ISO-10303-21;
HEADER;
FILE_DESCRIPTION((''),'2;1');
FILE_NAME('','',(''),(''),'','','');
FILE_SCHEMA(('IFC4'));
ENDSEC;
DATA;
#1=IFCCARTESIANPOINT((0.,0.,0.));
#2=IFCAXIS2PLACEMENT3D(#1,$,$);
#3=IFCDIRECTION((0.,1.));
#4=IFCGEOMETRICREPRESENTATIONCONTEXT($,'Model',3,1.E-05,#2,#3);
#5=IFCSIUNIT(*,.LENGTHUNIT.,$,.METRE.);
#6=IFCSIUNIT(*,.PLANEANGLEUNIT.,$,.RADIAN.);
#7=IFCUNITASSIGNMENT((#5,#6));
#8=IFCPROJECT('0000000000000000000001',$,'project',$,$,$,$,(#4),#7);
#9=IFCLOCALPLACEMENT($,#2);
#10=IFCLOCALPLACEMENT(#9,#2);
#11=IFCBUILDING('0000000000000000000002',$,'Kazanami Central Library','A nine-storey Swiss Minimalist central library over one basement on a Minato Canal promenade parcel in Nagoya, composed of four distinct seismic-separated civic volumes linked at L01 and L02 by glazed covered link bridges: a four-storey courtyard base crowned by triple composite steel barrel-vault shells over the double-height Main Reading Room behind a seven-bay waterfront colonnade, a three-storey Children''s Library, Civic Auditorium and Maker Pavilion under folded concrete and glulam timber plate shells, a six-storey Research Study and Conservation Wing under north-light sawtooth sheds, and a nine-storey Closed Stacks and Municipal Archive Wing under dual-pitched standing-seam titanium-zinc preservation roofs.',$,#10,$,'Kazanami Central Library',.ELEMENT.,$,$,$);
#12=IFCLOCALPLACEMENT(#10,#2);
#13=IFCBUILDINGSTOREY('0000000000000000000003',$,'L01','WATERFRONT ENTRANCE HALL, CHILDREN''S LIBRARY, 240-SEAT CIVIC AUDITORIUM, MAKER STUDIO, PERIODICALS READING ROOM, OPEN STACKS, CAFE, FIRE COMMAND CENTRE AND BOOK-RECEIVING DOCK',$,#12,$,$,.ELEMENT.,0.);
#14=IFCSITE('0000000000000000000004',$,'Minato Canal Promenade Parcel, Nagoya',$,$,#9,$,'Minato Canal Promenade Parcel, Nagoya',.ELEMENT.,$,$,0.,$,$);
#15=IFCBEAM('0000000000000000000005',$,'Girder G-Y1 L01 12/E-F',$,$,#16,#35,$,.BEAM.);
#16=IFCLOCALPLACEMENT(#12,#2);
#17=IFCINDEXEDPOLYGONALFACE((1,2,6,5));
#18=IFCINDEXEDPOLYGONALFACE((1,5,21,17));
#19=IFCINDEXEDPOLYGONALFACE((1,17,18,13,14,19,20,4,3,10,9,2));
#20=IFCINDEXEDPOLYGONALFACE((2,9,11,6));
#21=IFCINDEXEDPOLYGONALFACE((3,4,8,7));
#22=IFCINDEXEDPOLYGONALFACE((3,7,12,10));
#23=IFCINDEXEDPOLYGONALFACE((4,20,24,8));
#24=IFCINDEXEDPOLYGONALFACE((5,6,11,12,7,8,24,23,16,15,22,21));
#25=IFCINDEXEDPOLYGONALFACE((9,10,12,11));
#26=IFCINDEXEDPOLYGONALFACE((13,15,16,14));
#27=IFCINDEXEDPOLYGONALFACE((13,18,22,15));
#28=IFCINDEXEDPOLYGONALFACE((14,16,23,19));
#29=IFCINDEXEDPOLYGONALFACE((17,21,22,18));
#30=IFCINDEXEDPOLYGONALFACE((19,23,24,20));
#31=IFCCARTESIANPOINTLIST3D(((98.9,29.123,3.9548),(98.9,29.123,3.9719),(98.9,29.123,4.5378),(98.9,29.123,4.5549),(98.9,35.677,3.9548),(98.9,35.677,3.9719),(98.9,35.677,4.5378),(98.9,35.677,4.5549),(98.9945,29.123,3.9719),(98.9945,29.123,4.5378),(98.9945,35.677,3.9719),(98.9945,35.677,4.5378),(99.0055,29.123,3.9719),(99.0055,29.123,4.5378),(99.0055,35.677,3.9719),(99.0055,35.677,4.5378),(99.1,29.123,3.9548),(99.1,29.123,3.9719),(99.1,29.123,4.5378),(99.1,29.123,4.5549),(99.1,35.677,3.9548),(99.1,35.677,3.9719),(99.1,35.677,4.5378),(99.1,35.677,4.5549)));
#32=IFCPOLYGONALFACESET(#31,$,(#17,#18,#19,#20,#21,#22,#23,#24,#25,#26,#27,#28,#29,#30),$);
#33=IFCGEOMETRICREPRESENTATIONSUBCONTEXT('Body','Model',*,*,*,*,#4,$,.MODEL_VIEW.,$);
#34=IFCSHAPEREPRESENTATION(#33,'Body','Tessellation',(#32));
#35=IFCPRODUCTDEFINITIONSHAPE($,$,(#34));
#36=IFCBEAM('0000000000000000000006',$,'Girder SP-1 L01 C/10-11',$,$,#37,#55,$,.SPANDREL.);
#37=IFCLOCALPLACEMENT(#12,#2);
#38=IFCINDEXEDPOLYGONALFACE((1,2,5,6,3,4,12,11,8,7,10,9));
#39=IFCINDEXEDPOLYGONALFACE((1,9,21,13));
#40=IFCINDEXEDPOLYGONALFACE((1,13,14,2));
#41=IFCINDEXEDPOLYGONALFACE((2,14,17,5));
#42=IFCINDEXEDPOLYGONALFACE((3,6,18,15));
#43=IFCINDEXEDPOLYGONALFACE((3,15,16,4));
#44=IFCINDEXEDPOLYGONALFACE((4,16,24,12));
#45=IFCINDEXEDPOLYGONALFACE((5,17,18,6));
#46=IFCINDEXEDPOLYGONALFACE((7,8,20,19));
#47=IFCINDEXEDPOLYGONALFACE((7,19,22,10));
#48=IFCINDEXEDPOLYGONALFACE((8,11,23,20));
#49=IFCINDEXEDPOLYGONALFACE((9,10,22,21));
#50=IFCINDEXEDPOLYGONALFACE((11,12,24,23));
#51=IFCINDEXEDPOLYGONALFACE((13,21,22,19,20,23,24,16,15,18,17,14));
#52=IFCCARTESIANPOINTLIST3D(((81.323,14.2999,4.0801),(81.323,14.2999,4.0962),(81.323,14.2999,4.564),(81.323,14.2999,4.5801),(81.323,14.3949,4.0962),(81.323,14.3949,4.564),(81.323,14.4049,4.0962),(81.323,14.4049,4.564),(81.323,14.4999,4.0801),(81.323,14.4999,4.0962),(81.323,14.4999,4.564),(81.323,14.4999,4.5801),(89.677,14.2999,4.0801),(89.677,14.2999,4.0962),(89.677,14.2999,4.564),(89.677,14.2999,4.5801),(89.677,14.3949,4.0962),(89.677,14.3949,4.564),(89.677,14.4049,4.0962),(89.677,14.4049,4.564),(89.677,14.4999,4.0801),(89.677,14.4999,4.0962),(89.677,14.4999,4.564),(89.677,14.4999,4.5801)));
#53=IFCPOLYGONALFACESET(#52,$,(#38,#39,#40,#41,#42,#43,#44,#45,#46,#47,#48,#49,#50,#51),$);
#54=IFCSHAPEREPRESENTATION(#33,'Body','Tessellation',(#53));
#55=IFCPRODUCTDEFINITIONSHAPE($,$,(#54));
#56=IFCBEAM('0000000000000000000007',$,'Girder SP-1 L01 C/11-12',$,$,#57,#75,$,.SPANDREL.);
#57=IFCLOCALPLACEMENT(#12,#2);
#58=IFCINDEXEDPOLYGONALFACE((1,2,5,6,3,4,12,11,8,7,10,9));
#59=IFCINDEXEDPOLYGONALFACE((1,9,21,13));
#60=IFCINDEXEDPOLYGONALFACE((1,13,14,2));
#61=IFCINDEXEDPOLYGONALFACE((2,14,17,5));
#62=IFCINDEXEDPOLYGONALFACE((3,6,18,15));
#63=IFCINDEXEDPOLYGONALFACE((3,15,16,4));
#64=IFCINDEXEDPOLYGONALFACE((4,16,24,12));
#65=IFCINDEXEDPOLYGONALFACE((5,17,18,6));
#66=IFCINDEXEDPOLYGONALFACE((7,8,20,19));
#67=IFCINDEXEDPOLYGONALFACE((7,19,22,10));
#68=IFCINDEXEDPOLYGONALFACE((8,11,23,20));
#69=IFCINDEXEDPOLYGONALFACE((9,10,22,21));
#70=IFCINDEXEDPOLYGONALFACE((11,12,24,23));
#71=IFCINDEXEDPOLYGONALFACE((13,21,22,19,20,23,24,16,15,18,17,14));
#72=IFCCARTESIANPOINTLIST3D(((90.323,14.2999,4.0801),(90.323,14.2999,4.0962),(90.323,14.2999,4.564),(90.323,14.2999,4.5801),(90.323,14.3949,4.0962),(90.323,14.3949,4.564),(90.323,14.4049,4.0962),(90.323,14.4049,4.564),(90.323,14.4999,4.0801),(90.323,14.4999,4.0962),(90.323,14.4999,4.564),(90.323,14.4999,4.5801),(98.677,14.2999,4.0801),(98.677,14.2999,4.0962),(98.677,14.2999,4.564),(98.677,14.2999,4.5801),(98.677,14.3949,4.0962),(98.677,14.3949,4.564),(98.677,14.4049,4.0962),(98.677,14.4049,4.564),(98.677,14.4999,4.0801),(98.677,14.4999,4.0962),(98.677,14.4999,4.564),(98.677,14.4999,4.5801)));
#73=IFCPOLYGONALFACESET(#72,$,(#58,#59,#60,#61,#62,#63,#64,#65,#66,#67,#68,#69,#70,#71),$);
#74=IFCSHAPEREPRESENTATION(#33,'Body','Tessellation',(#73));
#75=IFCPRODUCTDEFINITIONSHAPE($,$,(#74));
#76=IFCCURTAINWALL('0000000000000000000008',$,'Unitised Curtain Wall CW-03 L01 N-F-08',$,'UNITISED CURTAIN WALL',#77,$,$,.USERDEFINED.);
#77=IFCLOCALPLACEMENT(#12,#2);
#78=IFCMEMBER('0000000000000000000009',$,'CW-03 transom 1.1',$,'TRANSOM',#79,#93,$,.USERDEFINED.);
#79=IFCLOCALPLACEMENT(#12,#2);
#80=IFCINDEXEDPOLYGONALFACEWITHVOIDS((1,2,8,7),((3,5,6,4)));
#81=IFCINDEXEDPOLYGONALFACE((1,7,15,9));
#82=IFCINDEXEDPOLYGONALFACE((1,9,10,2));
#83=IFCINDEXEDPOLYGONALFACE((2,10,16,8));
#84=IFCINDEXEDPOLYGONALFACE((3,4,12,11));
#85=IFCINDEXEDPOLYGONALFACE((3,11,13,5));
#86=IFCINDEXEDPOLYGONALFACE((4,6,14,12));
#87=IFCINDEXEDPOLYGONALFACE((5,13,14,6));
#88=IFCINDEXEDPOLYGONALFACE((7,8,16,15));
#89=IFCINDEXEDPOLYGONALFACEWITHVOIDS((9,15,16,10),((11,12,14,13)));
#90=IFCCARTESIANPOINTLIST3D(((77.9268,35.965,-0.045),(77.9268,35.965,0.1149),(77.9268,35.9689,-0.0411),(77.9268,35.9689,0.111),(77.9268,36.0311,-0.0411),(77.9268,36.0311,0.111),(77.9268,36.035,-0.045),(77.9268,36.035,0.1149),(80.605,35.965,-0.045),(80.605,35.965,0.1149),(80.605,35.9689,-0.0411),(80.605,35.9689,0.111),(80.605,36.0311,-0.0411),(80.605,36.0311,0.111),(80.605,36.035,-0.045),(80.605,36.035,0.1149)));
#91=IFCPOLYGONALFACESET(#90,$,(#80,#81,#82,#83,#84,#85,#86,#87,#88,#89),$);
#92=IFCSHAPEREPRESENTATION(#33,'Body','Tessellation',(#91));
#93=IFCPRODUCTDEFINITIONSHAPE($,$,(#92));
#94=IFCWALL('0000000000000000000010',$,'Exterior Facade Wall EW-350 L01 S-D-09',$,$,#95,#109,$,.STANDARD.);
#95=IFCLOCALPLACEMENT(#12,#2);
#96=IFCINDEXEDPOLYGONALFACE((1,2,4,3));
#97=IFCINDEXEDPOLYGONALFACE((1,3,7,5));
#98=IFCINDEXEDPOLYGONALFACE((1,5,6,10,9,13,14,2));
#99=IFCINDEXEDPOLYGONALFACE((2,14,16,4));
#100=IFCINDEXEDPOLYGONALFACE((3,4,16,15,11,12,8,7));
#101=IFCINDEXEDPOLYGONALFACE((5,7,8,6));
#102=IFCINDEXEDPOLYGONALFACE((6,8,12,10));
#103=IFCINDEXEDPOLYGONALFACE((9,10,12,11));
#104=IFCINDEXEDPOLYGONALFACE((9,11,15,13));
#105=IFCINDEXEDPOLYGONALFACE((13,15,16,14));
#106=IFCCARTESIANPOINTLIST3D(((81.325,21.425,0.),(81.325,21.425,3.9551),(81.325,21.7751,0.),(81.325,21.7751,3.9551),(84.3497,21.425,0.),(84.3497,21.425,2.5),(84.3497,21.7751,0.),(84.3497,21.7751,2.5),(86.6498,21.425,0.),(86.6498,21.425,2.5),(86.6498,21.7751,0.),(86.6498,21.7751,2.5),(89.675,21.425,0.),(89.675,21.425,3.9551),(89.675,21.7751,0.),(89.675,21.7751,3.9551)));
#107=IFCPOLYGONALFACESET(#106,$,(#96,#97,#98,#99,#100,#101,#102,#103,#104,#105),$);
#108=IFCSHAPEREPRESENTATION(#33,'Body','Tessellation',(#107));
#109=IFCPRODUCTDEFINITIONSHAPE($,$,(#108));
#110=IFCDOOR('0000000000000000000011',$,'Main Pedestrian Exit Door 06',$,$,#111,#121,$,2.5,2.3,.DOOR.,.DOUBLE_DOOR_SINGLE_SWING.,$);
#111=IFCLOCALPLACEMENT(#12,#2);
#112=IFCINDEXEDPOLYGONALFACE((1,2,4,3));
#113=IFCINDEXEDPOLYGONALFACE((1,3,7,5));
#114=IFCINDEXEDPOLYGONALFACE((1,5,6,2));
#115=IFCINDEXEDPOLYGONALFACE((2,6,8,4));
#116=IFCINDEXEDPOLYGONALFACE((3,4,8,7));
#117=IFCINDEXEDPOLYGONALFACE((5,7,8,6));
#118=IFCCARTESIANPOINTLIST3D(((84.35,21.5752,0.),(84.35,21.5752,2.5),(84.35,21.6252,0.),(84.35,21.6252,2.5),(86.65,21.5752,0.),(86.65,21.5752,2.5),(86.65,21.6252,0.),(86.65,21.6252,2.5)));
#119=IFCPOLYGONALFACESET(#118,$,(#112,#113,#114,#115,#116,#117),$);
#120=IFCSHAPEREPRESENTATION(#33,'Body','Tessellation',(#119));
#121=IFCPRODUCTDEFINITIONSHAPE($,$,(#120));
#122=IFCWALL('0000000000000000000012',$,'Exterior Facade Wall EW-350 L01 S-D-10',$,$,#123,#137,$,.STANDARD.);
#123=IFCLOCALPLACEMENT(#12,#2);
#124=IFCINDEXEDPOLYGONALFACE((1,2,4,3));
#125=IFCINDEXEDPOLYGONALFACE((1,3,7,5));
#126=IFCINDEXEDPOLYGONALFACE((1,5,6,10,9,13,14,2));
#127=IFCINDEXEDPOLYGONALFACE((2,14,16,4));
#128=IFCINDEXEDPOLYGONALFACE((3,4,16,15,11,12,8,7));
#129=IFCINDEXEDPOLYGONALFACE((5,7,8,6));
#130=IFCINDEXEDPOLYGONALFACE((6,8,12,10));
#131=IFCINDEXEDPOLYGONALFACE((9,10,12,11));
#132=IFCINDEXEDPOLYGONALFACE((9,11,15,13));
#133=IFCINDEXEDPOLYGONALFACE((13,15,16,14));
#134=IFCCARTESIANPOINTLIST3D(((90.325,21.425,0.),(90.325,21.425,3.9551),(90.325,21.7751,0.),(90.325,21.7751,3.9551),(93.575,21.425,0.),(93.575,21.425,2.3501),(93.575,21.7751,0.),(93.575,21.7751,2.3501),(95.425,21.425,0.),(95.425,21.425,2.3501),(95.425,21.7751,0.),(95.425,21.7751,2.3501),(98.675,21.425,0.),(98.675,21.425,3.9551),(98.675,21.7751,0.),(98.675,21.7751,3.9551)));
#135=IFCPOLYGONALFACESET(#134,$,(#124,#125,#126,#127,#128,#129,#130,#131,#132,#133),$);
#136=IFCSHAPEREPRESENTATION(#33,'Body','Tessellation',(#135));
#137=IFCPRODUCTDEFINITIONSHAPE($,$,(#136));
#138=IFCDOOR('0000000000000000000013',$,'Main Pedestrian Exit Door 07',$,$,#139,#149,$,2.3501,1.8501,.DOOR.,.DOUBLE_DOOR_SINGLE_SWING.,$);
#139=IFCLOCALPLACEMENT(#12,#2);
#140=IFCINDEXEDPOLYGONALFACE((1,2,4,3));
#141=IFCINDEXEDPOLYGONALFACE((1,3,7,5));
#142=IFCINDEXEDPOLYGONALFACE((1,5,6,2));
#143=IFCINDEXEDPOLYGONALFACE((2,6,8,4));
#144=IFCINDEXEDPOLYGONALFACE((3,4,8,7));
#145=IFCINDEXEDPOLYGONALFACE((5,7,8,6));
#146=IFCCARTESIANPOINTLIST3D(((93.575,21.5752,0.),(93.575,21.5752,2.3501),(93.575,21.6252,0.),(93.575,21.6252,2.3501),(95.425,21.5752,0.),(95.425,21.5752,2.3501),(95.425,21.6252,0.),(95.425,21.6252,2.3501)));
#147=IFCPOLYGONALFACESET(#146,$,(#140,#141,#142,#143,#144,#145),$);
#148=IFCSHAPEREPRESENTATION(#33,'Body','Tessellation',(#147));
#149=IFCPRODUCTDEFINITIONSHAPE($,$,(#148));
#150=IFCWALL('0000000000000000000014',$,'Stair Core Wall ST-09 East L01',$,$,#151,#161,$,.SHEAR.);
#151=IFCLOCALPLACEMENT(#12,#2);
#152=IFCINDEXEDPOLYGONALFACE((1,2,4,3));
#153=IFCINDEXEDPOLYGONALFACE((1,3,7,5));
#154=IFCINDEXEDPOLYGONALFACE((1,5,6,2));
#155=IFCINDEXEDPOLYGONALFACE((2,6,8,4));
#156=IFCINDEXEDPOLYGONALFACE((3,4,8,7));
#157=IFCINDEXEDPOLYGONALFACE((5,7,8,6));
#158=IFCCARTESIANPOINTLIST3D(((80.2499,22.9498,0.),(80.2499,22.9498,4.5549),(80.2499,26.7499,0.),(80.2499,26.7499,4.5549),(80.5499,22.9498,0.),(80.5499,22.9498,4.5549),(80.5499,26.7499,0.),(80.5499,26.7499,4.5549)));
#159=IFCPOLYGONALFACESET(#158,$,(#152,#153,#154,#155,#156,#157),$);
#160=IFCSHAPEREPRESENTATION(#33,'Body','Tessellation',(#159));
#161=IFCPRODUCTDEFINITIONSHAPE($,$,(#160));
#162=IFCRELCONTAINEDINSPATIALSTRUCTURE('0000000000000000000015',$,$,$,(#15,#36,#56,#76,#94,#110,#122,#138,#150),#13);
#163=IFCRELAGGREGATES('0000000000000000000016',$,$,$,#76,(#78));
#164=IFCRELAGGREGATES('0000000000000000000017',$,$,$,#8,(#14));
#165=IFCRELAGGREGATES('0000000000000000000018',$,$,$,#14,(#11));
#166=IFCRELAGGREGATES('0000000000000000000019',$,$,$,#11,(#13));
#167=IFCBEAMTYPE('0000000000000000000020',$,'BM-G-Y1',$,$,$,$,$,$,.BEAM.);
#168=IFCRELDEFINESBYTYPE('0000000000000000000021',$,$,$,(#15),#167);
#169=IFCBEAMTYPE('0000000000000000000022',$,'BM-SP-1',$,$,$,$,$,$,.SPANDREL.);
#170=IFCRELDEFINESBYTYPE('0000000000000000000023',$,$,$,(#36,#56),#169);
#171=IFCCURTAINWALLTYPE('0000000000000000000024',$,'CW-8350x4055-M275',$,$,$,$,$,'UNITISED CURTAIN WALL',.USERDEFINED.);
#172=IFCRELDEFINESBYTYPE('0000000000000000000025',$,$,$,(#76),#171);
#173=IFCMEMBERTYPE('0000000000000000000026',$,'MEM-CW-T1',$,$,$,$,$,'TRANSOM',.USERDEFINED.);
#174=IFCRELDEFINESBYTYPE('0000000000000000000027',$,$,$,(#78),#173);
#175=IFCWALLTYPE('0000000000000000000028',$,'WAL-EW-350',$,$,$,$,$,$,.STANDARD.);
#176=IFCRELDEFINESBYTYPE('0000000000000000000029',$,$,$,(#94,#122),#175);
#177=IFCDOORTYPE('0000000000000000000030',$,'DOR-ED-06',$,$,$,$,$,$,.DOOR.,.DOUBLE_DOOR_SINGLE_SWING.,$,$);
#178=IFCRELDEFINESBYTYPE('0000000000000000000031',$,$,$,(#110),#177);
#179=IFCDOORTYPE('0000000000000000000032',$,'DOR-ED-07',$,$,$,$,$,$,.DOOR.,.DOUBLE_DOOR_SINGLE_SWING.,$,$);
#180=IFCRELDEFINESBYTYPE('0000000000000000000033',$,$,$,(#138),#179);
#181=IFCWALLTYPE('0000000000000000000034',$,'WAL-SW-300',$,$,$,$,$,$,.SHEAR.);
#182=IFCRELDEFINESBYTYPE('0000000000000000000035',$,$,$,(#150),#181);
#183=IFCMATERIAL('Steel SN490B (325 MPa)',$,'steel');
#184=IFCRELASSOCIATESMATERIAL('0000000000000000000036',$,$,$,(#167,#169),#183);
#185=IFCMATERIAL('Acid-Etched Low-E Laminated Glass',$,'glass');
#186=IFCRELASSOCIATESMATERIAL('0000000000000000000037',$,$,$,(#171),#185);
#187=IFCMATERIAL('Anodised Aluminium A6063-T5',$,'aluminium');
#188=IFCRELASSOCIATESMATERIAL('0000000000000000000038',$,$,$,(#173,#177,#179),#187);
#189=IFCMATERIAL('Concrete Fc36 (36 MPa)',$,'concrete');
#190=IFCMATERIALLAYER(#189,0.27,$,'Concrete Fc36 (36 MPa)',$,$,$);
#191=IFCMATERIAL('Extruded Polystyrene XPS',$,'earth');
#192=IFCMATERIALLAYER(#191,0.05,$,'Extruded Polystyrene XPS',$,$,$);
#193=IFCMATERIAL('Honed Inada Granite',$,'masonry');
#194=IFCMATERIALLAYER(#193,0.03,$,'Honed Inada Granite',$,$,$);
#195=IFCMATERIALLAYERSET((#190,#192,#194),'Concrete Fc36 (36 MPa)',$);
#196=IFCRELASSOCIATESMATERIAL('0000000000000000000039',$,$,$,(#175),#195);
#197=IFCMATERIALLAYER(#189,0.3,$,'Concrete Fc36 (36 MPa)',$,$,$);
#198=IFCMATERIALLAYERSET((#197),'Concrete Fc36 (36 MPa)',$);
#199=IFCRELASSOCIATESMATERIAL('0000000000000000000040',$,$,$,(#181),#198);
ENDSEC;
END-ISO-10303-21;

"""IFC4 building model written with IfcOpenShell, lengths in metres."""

from ifc_helpers import new_model, si_unit, direction, frame, frame_2d, origin, origin_2d, place, context, subcontext, project, spatial, rectangle, hollow_rectangle, i_section, extrude, material, layer, layer_set, material_profile, profile_set, type_object, element, fill, aggregate, save


model = new_model("IFC4")

# Units and contexts
model_context = context("Model", 3, precision=1e-05, world=origin(), true_north=direction((0.0, 1.0)))
body_context = subcontext(model_context, "Body", "Model", "MODEL_VIEW")
ifc_project = project(units=[si_unit("LENGTHUNIT", "METRE"), si_unit("PLANEANGLEUNIT", "RADIAN")], contexts=[model_context])

# Site, building, storey
site_placement = place(None, origin())
site = spatial("IfcSite", under=ifc_project, at=site_placement, Name="Minato Canal Promenade Parcel, Nagoya", LongName="Minato Canal Promenade Parcel, Nagoya", CompositionType="ELEMENT", RefElevation=0.0)
building_placement = place(site_placement, origin())
building = spatial("IfcBuilding", under=site, at=building_placement, Name="Kazanami Central Library", Description="A nine-storey Swiss Minimalist central library over one basement on a Minato Canal promenade parcel in Nagoya, composed of four distinct seismic-separated civic volumes linked at L01 and L02 by glazed covered link bridges: a four-storey courtyard base crowned by triple composite steel barrel-vault shells over the double-height Main Reading Room behind a seven-bay waterfront colonnade, a three-storey Children's Library, Civic Auditorium and Maker Pavilion under folded concrete and glulam timber plate shells, a six-storey Research Study and Conservation Wing under north-light sawtooth sheds, and a nine-storey Closed Stacks and Municipal Archive Wing under dual-pitched standing-seam titanium-zinc preservation roofs.", LongName="Kazanami Central Library", CompositionType="ELEMENT")
storey_placement = place(building_placement, origin())
storey = spatial("IfcBuildingStorey", under=building, at=storey_placement, Name="L01", Description="WATERFRONT ENTRANCE HALL, CHILDREN'S LIBRARY, 240-SEAT CIVIC AUDITORIUM, MAKER STUDIO, PERIODICALS READING ROOM, OPEN STACKS, CAFE, FIRE COMMAND CENTRE AND BOOK-RECEIVING DOCK", CompositionType="ELEMENT", Elevation=0.0)

# Beams
ifc_material_1 = material(Name="Steel SN490B (325 MPa)", Category="steel")
ifc_material_profile_1 = material_profile(ifc_material_1, i_section(OverallWidth=0.2, OverallDepth=0.6001, WebThickness=0.011, FlangeThickness=0.0171, at=origin_2d()), Name="H-600x200x11x17")
ifc_profile_set_1 = profile_set([ifc_material_profile_1], Name="Steel SN490B (325 MPa)")
beam_type_1 = type_object("IfcBeamType", Name="BM-G-Y1", PredefinedType="BEAM", material=ifc_profile_set_1)
for number, where, z_axis, x_axis, name in (
    (1, (99.0, 29.123, 4.2549), (0.0, 1.0, 0.0), (-1.0, 0.0, 0.0), "Girder G-Y1 L01 12/E-F"),
):
    element("IfcBeam", number, at=place(storey_placement, frame(where, z_axis=z_axis, x_axis=x_axis)), inside=storey, type_object=beam_type_1, Name=name, PredefinedType="BEAM", context=body_context, shape_type="SweptSolid", body=[
        extrude(i_section(OverallWidth=0.2, OverallDepth=0.6001, WebThickness=0.011, FlangeThickness=0.0171, at=origin_2d()), origin(), (0.0, 0.0, 1.0), 6.554),
    ])
ifc_material_profile_2 = material_profile(ifc_material_1, i_section(OverallWidth=0.2, OverallDepth=0.5, WebThickness=0.01, FlangeThickness=0.0161, at=origin_2d()), Name="H-500x200x10x16")
ifc_profile_set_2 = profile_set([ifc_material_profile_2], Name="Steel SN490B (325 MPa)")
beam_type_2 = type_object("IfcBeamType", Name="BM-SP-1", PredefinedType="SPANDREL", material=ifc_profile_set_2)
for number, where, z_axis, x_axis, name in (
    (2, (81.323, 14.3999, 4.3301), (1.0, 0.0, 0.0), (0.0, 1.0, 0.0), "Girder SP-1 L01 C/10-11"),
    (3, (90.323, 14.3999, 4.3301), (1.0, 0.0, 0.0), (0.0, 1.0, 0.0), "Girder SP-1 L01 C/11-12"),
):
    element("IfcBeam", number, at=place(storey_placement, frame(where, z_axis=z_axis, x_axis=x_axis)), inside=storey, type_object=beam_type_2, Name=name, PredefinedType="SPANDREL", context=body_context, shape_type="SweptSolid", body=[
        extrude(i_section(OverallWidth=0.2, OverallDepth=0.5, WebThickness=0.01, FlangeThickness=0.0161, at=origin_2d()), origin(), (0.0, 0.0, 1.0), 8.354),
    ])

# Curtain wall, member
ifc_material_2 = material(Name="Acid-Etched Low-E Laminated Glass", Category="glass")
curtain_wall_type = type_object("IfcCurtainWallType", Name="CW-8350x4055-M275", ElementType="UNITISED CURTAIN WALL", PredefinedType="USERDEFINED", material=ifc_material_2)
curtain_wall_placement = place(storey_placement, origin())
curtain_wall = element("IfcCurtainWall", 4, at=curtain_wall_placement, inside=storey, type_object=curtain_wall_type, Name="Unitised Curtain Wall CW-03 L01 N-F-08", ObjectType="UNITISED CURTAIN WALL", PredefinedType="USERDEFINED")
ifc_material_3 = material(Name="Anodised Aluminium A6063-T5", Category="aluminium")
ifc_material_profile_3 = material_profile(ifc_material_3, hollow_rectangle(XDim=0.0701, YDim=0.1599, WallThickness=0.0039, at=origin_2d()), Name="ALU-TRAN-70x160x4")
ifc_profile_set_3 = profile_set([ifc_material_profile_3], Name="Anodised Aluminium A6063-T5")
member_type = type_object("IfcMemberType", Name="MEM-CW-T1", ElementType="TRANSOM", PredefinedType="USERDEFINED", material=ifc_profile_set_3)
member_placement = place(storey_placement, frame((80.605, 36.0, 0.0349), z_axis=(-1.0, 0.0, 0.0), x_axis=(0.0, -1.0, 0.0)))
member = element("IfcMember", 5, at=member_placement, type_object=member_type, Name="CW-03 transom 1.1", ObjectType="TRANSOM", PredefinedType="USERDEFINED", context=body_context, shape_type="SweptSolid", body=[
    extrude(hollow_rectangle(XDim=0.0701, YDim=0.1599, WallThickness=0.0039, at=origin_2d()), origin(), (0.0, 0.0, 1.0), 2.6782),
])
aggregate(curtain_wall, [member])

# Walls, openings, doors
ifc_material_4 = material(Name="Concrete Fc36 (36 MPa)", Category="concrete")
ifc_layer_1 = layer(ifc_material_4, 0.27, Name="Concrete Fc36 (36 MPa)")
ifc_material_5 = material(Name="Extruded Polystyrene XPS", Category="earth")
ifc_layer_2 = layer(ifc_material_5, 0.05, Name="Extruded Polystyrene XPS")
ifc_material_6 = material(Name="Honed Inada Granite", Category="masonry")
ifc_layer_3 = layer(ifc_material_6, 0.03, Name="Honed Inada Granite")
ifc_layer_set_1 = layer_set([ifc_layer_1, ifc_layer_2, ifc_layer_3], Name="Concrete Fc36 (36 MPa)")
wall_type_1 = type_object("IfcWallType", Name="WAL-EW-350", PredefinedType="STANDARD", material=ifc_layer_set_1)
wall_1_placement = place(storey_placement, frame((81.325, 21.6001, 0.0), z_axis=(0.0, 0.0, 1.0), x_axis=(1.0, 0.0, 0.0)))
wall_1 = element("IfcWall", 6, at=wall_1_placement, inside=storey, type_object=wall_type_1, Name="Exterior Facade Wall EW-350 L01 S-D-09", PredefinedType="STANDARD", context=body_context, shape_type="SweptSolid", body=[
    extrude(rectangle(XDim=8.3501, YDim=0.3501, at=frame_2d((4.175, 0.0))), origin(), (0.0, 0.0, 1.0), 3.9551),
])
opening_1_placement = place(wall_1_placement, frame((3.0249, 0.0, 0.0)))
opening_1 = element("IfcOpeningElement", 7, at=opening_1_placement, cuts=wall_1, PredefinedType="OPENING", context=body_context, shape_type="SweptSolid", body=[
    extrude(rectangle(XDim=2.3, YDim=2.5, at=frame_2d((1.1499, 1.25))), frame((0.0, 0.187, 0.0), z_axis=(0.0, -1.0, 0.0), x_axis=(1.0, 0.0, 0.0)), (0.0, 0.0, 1.0), 0.374),
])
door_type_1 = type_object("IfcDoorType", Name="DOR-ED-06", OperationType="DOUBLE_DOOR_SINGLE_SWING", PredefinedType="DOOR", material=ifc_material_3)
door_1_placement = place(opening_1_placement, frame((2.3, 0.0, 0.0), z_axis=(0.0, 0.0, 1.0), x_axis=(-1.0, 0.0, 0.0)))
door_1 = element("IfcDoor", 8, at=door_1_placement, inside=storey, type_object=door_type_1, Name="Main Pedestrian Exit Door 06", OperationType="DOUBLE_DOOR_SINGLE_SWING", OverallHeight=2.5, OverallWidth=2.3, PredefinedType="DOOR", context=body_context, shape_type="SweptSolid", body=[
    extrude(rectangle(XDim=2.3, YDim=2.5, at=frame_2d((1.1499, 1.25))), frame((0.0, 0.0249, 0.0), z_axis=(0.0, -1.0, 0.0), x_axis=(1.0, 0.0, 0.0)), (0.0, 0.0, 1.0), 0.05),
])
fill(opening_1, door_1)
wall_2_placement = place(storey_placement, frame((90.325, 21.6001, 0.0), z_axis=(0.0, 0.0, 1.0), x_axis=(1.0, 0.0, 0.0)))
wall_2 = element("IfcWall", 9, at=wall_2_placement, inside=storey, type_object=wall_type_1, Name="Exterior Facade Wall EW-350 L01 S-D-10", PredefinedType="STANDARD", context=body_context, shape_type="SweptSolid", body=[
    extrude(rectangle(XDim=8.3501, YDim=0.3501, at=frame_2d((4.175, 0.0))), origin(), (0.0, 0.0, 1.0), 3.9551),
])
opening_2_placement = place(wall_2_placement, frame((3.25, 0.0, 0.0)))
opening_2 = element("IfcOpeningElement", 10, at=opening_2_placement, cuts=wall_2, PredefinedType="OPENING", context=body_context, shape_type="SweptSolid", body=[
    extrude(rectangle(XDim=1.8501, YDim=2.3501, at=frame_2d((0.925, 1.175))), frame((0.0, 0.187, 0.0), z_axis=(0.0, -1.0, 0.0), x_axis=(1.0, 0.0, 0.0)), (0.0, 0.0, 1.0), 0.374),
])
door_type_2 = type_object("IfcDoorType", Name="DOR-ED-07", OperationType="DOUBLE_DOOR_SINGLE_SWING", PredefinedType="DOOR", material=ifc_material_3)
door_2_placement = place(opening_2_placement, frame((1.8501, 0.0, 0.0), z_axis=(0.0, 0.0, 1.0), x_axis=(-1.0, 0.0, 0.0)))
door_2 = element("IfcDoor", 11, at=door_2_placement, inside=storey, type_object=door_type_2, Name="Main Pedestrian Exit Door 07", OperationType="DOUBLE_DOOR_SINGLE_SWING", OverallHeight=2.3501, OverallWidth=1.8501, PredefinedType="DOOR", context=body_context, shape_type="SweptSolid", body=[
    extrude(rectangle(XDim=1.8501, YDim=2.3501, at=frame_2d((0.925, 1.175))), frame((0.0, 0.0249, 0.0), z_axis=(0.0, -1.0, 0.0), x_axis=(1.0, 0.0, 0.0)), (0.0, 0.0, 1.0), 0.05),
])
fill(opening_2, door_2)

# Wall
ifc_layer_4 = layer(ifc_material_4, 0.3, Name="Concrete Fc36 (36 MPa)")
ifc_layer_set_2 = layer_set([ifc_layer_4], Name="Concrete Fc36 (36 MPa)")
wall_type_2 = type_object("IfcWallType", Name="WAL-SW-300", PredefinedType="SHEAR", material=ifc_layer_set_2)
wall_3_placement = place(storey_placement, frame((80.3999, 22.95, 0.0), z_axis=(0.0, 0.0, 1.0), x_axis=(0.0, 1.0, 0.0)))
element("IfcWall", 12, at=wall_3_placement, inside=storey, type_object=wall_type_2, Name="Stair Core Wall ST-09 East L01", PredefinedType="SHEAR", context=body_context, shape_type="SweptSolid", body=[
    extrude(rectangle(XDim=3.8, YDim=0.3, at=frame_2d((1.8999, 0.0))), origin(), (0.0, 0.0, 1.0), 4.5549),
])

save(model, "model.ifc")
